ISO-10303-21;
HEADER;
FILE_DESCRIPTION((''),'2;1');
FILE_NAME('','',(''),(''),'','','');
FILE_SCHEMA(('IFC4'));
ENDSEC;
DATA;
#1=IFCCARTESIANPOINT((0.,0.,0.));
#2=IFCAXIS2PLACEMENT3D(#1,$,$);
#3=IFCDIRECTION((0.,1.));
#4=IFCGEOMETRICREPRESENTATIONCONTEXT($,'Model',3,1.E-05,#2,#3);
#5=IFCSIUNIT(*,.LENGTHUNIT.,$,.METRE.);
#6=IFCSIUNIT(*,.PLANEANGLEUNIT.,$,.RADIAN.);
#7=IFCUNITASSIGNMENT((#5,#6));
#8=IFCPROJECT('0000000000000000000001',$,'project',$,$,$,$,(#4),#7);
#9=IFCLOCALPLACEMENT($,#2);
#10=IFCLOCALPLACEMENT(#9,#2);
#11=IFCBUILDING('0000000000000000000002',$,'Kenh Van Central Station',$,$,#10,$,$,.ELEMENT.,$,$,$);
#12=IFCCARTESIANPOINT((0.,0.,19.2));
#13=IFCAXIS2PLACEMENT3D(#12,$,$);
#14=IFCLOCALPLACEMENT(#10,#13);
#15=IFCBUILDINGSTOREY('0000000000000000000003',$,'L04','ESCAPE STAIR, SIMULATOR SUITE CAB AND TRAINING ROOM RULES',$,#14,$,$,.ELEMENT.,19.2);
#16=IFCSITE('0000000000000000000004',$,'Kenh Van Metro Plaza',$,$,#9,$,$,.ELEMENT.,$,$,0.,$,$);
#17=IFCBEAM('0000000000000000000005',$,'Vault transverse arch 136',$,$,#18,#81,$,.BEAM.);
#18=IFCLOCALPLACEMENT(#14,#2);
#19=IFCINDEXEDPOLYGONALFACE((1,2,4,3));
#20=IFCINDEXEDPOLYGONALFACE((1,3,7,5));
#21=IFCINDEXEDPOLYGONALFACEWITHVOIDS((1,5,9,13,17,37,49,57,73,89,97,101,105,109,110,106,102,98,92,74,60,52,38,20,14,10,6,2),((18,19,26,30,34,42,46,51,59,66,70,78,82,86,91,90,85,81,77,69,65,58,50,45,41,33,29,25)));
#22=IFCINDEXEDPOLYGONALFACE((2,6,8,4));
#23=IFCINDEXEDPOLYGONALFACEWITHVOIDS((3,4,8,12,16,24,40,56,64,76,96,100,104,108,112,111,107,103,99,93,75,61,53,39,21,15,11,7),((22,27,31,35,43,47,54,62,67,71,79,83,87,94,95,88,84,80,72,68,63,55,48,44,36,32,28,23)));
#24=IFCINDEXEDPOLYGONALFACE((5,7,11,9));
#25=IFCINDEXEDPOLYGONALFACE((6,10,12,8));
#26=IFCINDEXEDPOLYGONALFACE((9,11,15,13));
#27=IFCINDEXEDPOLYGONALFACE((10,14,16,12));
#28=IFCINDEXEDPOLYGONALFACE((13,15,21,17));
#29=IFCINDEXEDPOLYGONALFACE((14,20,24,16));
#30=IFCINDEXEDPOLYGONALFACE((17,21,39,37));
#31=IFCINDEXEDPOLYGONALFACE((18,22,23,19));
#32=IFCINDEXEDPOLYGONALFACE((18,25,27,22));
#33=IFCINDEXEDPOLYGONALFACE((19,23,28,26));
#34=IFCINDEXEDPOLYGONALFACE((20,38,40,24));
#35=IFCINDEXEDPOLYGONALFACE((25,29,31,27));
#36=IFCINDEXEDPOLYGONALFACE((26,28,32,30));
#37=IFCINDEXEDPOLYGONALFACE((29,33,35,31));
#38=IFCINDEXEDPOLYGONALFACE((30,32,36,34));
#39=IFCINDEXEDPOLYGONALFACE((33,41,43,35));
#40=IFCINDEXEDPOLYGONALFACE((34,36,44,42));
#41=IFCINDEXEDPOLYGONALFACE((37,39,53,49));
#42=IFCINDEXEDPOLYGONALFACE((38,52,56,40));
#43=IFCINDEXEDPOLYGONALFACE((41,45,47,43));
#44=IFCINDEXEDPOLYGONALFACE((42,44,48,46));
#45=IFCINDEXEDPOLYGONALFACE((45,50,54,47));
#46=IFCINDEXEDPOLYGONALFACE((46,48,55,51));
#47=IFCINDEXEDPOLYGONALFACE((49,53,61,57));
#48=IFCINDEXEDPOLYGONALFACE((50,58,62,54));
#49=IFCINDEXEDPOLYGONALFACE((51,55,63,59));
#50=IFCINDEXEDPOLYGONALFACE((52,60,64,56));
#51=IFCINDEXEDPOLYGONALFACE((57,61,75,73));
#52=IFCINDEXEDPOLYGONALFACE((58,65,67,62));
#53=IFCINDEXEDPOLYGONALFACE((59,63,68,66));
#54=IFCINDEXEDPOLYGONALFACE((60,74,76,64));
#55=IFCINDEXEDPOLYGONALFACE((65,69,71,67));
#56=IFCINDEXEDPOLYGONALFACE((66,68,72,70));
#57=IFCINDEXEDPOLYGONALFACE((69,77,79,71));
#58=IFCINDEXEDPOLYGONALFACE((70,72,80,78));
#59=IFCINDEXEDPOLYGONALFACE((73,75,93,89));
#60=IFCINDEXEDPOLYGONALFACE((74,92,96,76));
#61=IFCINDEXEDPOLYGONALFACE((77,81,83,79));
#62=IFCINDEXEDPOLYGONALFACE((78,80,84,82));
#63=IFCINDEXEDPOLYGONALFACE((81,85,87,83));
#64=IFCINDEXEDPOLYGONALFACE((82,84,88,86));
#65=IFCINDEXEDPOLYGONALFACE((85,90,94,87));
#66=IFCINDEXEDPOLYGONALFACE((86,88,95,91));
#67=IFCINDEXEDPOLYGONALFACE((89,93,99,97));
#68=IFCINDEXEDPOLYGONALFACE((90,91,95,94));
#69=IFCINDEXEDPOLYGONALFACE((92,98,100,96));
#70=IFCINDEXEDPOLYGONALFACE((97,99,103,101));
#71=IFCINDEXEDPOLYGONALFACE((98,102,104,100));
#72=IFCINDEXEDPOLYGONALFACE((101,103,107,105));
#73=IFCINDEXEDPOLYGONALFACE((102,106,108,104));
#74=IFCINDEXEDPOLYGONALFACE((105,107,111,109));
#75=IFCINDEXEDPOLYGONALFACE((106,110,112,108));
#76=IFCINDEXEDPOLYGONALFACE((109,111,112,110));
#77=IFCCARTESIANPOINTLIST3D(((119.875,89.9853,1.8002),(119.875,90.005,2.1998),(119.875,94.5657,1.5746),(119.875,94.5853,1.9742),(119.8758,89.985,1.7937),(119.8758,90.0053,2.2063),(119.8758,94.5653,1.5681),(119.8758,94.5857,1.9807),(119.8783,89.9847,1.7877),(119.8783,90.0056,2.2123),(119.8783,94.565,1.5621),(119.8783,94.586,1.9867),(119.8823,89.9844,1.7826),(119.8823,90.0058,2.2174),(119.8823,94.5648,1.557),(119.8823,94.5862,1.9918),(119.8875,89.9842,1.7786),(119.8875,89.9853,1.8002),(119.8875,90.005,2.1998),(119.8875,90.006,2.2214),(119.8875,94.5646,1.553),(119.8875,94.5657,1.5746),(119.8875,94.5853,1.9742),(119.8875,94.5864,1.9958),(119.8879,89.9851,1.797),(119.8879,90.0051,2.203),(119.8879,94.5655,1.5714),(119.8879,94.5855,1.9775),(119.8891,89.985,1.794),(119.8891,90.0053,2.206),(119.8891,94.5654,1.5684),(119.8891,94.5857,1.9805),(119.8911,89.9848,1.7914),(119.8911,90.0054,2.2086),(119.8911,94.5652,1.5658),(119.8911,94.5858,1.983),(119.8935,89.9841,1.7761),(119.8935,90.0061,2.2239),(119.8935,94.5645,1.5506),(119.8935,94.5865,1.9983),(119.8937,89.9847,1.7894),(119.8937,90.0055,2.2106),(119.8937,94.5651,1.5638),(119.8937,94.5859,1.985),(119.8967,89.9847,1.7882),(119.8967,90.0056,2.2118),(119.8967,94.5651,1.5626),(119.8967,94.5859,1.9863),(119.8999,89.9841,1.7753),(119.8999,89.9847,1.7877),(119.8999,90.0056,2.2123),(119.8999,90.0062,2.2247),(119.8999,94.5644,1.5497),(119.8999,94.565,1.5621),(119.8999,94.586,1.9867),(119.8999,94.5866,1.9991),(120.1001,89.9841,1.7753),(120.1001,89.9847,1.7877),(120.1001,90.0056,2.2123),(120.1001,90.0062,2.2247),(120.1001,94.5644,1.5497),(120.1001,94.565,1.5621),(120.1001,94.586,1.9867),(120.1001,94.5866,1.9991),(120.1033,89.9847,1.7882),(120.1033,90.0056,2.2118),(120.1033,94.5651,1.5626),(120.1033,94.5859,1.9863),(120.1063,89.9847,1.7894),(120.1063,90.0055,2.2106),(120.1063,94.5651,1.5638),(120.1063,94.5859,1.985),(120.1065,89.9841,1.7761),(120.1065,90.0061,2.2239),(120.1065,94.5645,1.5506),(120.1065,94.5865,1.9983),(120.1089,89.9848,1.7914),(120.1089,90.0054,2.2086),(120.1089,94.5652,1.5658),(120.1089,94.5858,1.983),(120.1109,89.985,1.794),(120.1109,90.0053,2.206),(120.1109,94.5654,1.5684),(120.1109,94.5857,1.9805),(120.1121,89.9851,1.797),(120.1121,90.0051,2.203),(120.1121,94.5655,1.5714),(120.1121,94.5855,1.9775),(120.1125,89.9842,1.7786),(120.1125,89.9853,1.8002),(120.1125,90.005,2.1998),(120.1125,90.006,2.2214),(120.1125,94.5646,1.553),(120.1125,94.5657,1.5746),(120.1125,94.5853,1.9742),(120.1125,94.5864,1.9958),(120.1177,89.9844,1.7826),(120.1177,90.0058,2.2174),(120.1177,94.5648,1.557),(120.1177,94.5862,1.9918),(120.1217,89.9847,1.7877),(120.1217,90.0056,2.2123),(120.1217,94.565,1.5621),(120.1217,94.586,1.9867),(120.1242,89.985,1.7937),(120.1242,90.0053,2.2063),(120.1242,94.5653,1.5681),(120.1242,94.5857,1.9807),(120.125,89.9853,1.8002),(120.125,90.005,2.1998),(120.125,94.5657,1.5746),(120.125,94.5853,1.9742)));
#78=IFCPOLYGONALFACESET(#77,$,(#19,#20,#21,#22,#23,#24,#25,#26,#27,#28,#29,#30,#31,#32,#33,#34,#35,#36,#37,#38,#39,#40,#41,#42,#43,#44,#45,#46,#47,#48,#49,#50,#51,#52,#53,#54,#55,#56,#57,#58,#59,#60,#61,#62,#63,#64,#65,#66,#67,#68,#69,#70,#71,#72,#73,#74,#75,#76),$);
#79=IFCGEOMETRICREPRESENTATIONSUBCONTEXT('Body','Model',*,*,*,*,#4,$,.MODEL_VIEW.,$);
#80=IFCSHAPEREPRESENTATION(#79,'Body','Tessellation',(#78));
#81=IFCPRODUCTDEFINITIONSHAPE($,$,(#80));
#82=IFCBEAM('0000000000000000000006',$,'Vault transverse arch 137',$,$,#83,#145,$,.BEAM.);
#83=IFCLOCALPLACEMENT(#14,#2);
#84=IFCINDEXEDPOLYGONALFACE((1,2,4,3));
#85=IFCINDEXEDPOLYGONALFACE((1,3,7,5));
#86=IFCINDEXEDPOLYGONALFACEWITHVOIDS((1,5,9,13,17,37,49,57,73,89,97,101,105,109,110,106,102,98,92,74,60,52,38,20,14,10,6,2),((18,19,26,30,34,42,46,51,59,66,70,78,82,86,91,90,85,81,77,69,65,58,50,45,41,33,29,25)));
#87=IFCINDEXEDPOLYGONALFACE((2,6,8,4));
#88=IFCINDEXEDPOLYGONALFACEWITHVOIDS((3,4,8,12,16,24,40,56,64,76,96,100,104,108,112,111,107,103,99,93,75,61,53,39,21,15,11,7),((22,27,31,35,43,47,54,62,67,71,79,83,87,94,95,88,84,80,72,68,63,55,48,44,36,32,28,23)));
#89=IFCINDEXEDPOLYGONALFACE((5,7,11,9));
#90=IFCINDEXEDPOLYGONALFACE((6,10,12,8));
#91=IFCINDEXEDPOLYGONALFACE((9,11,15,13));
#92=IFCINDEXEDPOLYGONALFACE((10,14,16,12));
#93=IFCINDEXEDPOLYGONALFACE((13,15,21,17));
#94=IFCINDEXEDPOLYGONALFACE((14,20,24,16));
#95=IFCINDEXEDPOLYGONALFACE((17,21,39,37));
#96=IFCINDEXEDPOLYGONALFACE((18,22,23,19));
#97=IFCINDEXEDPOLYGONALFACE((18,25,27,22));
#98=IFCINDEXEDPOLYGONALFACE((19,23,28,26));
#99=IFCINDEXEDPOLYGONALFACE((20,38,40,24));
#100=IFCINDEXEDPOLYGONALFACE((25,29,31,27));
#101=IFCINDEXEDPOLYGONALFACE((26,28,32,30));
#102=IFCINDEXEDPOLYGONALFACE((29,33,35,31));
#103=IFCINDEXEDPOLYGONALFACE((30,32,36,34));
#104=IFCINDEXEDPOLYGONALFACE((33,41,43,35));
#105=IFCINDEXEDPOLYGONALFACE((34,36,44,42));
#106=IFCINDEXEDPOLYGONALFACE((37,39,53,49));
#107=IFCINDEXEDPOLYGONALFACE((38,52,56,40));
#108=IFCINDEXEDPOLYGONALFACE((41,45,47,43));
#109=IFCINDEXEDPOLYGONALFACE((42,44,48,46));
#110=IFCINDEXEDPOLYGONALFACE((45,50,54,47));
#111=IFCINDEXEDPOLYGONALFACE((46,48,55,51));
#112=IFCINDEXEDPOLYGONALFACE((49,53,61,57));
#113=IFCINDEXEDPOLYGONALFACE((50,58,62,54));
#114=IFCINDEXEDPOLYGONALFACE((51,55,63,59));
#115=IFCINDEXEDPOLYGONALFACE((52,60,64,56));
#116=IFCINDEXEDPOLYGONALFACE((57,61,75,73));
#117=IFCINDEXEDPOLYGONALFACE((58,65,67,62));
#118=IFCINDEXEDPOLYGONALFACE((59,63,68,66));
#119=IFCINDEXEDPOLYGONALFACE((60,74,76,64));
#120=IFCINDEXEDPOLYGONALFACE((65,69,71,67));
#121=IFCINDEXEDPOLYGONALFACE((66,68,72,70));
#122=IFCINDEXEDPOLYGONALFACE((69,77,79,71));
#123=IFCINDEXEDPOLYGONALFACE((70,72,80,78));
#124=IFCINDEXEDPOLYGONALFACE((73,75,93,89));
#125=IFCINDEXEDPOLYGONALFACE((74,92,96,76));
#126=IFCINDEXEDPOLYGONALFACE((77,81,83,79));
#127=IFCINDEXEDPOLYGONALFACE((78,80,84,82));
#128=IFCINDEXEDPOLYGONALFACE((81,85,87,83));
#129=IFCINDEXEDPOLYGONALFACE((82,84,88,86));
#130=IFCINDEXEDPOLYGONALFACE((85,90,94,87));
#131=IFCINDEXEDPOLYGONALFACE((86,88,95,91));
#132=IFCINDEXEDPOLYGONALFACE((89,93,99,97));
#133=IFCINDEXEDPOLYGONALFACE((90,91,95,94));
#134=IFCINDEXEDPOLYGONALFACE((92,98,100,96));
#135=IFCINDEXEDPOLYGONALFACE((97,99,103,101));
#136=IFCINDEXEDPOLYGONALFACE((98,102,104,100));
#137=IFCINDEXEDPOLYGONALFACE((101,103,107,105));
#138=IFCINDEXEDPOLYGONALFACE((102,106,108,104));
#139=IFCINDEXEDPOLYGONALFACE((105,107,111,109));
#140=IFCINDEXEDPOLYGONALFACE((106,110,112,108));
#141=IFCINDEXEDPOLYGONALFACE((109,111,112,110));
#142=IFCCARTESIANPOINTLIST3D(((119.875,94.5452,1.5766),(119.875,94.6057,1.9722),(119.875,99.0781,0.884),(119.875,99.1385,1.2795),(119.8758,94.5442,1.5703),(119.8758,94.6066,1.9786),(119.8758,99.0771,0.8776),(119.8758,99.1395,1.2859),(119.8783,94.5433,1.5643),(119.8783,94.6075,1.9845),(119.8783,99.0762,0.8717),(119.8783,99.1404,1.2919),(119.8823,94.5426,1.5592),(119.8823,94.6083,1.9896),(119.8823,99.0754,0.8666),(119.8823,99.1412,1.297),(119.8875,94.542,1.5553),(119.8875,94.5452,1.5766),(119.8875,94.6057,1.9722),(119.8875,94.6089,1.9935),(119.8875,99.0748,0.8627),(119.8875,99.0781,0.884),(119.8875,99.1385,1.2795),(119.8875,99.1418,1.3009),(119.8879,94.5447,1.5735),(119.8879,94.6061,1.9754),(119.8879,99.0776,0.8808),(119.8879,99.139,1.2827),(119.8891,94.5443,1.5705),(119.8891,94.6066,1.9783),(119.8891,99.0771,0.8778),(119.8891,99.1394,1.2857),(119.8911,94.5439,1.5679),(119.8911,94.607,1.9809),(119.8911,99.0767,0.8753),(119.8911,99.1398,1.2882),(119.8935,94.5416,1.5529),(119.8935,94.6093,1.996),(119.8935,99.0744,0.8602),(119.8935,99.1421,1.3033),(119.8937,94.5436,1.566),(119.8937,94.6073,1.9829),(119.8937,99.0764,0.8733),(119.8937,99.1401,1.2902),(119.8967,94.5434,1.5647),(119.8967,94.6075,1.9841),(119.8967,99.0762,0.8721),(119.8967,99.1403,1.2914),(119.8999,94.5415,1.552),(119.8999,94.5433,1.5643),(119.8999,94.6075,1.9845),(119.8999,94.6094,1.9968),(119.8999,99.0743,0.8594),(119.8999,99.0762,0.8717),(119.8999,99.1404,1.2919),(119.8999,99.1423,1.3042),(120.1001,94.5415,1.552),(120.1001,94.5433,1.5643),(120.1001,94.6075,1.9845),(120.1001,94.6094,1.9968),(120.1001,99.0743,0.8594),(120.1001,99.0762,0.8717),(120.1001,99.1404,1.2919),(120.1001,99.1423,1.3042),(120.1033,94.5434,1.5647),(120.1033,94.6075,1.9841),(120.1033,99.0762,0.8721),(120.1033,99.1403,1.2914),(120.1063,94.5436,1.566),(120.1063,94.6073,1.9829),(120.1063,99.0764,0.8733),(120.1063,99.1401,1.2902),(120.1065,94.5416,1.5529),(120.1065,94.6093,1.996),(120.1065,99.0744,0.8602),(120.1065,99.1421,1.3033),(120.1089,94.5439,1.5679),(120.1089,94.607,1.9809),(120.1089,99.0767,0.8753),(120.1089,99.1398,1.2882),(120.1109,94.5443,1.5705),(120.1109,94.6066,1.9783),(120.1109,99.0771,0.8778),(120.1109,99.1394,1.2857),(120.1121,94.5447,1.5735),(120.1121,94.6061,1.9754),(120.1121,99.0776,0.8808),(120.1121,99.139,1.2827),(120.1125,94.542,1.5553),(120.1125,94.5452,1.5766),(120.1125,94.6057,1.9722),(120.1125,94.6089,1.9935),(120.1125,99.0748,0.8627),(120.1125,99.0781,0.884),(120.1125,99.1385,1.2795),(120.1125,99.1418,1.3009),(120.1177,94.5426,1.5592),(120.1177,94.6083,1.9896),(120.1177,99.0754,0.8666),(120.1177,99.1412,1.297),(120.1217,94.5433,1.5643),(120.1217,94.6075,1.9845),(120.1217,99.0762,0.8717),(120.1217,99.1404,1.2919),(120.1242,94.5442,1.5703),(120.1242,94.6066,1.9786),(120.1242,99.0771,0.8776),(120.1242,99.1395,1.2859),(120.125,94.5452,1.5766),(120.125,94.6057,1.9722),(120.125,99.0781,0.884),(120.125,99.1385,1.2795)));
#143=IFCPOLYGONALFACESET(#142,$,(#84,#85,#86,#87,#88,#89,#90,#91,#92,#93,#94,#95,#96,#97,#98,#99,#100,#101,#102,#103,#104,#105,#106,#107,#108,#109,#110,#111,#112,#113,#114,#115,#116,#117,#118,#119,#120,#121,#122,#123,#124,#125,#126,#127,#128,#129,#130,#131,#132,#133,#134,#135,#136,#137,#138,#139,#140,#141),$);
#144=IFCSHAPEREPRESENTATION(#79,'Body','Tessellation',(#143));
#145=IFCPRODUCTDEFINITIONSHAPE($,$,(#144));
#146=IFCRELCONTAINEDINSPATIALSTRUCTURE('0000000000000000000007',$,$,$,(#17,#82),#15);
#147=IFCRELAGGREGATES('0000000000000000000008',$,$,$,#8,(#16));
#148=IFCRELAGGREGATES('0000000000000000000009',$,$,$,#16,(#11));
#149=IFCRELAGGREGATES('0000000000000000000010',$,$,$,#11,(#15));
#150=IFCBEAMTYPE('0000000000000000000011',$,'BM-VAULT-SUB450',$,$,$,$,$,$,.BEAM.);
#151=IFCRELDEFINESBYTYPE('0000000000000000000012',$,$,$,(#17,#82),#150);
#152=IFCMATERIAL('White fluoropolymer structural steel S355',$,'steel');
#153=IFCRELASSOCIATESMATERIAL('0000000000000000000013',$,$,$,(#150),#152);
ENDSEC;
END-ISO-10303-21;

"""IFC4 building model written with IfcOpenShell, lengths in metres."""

from ifc_helpers import new_model, si_unit, direction, frame, origin, origin_2d, place, context, subcontext, project, spatial, hollow_rectangle, extrude, material, material_profile, profile_set, type_object, element, save


model = new_model("IFC4")

# Units and contexts
model_context = context("Model", 3, precision=1e-05, world=origin(), true_north=direction((0.0, 1.0)))
body_context = subcontext(model_context, "Body", "Model", "MODEL_VIEW")
ifc_project = project(units=[si_unit("LENGTHUNIT", "METRE"), si_unit("PLANEANGLEUNIT", "RADIAN")], contexts=[model_context])

# Site, building, storey
site_placement = place(None, origin())
site = spatial("IfcSite", under=ifc_project, at=site_placement, Name="Kenh Van Metro Plaza", CompositionType="ELEMENT", RefElevation=0.0)
building_placement = place(site_placement, origin())
building = spatial("IfcBuilding", under=site, at=building_placement, Name="Kenh Van Central Station", CompositionType="ELEMENT")
storey_placement = place(building_placement, frame((0.0, 0.0, 19.2)))
storey = spatial("IfcBuildingStorey", under=building, at=storey_placement, Name="L04", Description="ESCAPE STAIR, SIMULATOR SUITE CAB AND TRAINING ROOM RULES", CompositionType="ELEMENT", Elevation=19.2)

# Beams
ifc_material_1 = material(Name="White fluoropolymer structural steel S355", Category="steel")
ifc_material_profile_1 = material_profile(ifc_material_1, hollow_rectangle(XDim=0.25, YDim=0.45, WallThickness=0.0125, InnerFilletRadius=0.0125, OuterFilletRadius=0.0249, at=origin_2d()), Name="RHS 450x250x12.5")
ifc_profile_set_1 = profile_set([ifc_material_profile_1], Name="White fluoropolymer structural steel S355")
beam_type = type_object("IfcBeamType", Name="BM-VAULT-SUB450", PredefinedType="BEAM", material=ifc_profile_set_1)
beam_1_placement = place(storey_placement, frame((120.0, 89.9951, 2.0), z_axis=(0.0, 0.998789, -0.049191), x_axis=(-1.0, 0.0, 0.0)))
element("IfcBeam", 1, at=beam_1_placement, inside=storey, type_object=beam_type, Name="Vault transverse arch 136", PredefinedType="BEAM", context=body_context, shape_type="SweptSolid", body=[
    extrude(hollow_rectangle(XDim=0.25, YDim=0.45, WallThickness=0.0125, InnerFilletRadius=0.0125, OuterFilletRadius=0.0249, at=origin_2d()), origin(), (0.0, 0.0, 1.0), 4.5859),
])
beam_2_placement = place(storey_placement, frame((120.0, 94.5754, 1.7744), z_axis=(0.0, 0.988526, -0.151053), x_axis=(-1.0, 0.0, 0.0)))
element("IfcBeam", 2, at=beam_2_placement, inside=storey, type_object=beam_type, Name="Vault transverse arch 137", PredefinedType="BEAM", context=body_context, shape_type="SweptSolid", body=[
    extrude(hollow_rectangle(XDim=0.25, YDim=0.45, WallThickness=0.0125, InnerFilletRadius=0.0125, OuterFilletRadius=0.0249, at=origin_2d()), origin(), (0.0, 0.0, 1.0), 4.5854),
])

save(model, "model.ifc")
